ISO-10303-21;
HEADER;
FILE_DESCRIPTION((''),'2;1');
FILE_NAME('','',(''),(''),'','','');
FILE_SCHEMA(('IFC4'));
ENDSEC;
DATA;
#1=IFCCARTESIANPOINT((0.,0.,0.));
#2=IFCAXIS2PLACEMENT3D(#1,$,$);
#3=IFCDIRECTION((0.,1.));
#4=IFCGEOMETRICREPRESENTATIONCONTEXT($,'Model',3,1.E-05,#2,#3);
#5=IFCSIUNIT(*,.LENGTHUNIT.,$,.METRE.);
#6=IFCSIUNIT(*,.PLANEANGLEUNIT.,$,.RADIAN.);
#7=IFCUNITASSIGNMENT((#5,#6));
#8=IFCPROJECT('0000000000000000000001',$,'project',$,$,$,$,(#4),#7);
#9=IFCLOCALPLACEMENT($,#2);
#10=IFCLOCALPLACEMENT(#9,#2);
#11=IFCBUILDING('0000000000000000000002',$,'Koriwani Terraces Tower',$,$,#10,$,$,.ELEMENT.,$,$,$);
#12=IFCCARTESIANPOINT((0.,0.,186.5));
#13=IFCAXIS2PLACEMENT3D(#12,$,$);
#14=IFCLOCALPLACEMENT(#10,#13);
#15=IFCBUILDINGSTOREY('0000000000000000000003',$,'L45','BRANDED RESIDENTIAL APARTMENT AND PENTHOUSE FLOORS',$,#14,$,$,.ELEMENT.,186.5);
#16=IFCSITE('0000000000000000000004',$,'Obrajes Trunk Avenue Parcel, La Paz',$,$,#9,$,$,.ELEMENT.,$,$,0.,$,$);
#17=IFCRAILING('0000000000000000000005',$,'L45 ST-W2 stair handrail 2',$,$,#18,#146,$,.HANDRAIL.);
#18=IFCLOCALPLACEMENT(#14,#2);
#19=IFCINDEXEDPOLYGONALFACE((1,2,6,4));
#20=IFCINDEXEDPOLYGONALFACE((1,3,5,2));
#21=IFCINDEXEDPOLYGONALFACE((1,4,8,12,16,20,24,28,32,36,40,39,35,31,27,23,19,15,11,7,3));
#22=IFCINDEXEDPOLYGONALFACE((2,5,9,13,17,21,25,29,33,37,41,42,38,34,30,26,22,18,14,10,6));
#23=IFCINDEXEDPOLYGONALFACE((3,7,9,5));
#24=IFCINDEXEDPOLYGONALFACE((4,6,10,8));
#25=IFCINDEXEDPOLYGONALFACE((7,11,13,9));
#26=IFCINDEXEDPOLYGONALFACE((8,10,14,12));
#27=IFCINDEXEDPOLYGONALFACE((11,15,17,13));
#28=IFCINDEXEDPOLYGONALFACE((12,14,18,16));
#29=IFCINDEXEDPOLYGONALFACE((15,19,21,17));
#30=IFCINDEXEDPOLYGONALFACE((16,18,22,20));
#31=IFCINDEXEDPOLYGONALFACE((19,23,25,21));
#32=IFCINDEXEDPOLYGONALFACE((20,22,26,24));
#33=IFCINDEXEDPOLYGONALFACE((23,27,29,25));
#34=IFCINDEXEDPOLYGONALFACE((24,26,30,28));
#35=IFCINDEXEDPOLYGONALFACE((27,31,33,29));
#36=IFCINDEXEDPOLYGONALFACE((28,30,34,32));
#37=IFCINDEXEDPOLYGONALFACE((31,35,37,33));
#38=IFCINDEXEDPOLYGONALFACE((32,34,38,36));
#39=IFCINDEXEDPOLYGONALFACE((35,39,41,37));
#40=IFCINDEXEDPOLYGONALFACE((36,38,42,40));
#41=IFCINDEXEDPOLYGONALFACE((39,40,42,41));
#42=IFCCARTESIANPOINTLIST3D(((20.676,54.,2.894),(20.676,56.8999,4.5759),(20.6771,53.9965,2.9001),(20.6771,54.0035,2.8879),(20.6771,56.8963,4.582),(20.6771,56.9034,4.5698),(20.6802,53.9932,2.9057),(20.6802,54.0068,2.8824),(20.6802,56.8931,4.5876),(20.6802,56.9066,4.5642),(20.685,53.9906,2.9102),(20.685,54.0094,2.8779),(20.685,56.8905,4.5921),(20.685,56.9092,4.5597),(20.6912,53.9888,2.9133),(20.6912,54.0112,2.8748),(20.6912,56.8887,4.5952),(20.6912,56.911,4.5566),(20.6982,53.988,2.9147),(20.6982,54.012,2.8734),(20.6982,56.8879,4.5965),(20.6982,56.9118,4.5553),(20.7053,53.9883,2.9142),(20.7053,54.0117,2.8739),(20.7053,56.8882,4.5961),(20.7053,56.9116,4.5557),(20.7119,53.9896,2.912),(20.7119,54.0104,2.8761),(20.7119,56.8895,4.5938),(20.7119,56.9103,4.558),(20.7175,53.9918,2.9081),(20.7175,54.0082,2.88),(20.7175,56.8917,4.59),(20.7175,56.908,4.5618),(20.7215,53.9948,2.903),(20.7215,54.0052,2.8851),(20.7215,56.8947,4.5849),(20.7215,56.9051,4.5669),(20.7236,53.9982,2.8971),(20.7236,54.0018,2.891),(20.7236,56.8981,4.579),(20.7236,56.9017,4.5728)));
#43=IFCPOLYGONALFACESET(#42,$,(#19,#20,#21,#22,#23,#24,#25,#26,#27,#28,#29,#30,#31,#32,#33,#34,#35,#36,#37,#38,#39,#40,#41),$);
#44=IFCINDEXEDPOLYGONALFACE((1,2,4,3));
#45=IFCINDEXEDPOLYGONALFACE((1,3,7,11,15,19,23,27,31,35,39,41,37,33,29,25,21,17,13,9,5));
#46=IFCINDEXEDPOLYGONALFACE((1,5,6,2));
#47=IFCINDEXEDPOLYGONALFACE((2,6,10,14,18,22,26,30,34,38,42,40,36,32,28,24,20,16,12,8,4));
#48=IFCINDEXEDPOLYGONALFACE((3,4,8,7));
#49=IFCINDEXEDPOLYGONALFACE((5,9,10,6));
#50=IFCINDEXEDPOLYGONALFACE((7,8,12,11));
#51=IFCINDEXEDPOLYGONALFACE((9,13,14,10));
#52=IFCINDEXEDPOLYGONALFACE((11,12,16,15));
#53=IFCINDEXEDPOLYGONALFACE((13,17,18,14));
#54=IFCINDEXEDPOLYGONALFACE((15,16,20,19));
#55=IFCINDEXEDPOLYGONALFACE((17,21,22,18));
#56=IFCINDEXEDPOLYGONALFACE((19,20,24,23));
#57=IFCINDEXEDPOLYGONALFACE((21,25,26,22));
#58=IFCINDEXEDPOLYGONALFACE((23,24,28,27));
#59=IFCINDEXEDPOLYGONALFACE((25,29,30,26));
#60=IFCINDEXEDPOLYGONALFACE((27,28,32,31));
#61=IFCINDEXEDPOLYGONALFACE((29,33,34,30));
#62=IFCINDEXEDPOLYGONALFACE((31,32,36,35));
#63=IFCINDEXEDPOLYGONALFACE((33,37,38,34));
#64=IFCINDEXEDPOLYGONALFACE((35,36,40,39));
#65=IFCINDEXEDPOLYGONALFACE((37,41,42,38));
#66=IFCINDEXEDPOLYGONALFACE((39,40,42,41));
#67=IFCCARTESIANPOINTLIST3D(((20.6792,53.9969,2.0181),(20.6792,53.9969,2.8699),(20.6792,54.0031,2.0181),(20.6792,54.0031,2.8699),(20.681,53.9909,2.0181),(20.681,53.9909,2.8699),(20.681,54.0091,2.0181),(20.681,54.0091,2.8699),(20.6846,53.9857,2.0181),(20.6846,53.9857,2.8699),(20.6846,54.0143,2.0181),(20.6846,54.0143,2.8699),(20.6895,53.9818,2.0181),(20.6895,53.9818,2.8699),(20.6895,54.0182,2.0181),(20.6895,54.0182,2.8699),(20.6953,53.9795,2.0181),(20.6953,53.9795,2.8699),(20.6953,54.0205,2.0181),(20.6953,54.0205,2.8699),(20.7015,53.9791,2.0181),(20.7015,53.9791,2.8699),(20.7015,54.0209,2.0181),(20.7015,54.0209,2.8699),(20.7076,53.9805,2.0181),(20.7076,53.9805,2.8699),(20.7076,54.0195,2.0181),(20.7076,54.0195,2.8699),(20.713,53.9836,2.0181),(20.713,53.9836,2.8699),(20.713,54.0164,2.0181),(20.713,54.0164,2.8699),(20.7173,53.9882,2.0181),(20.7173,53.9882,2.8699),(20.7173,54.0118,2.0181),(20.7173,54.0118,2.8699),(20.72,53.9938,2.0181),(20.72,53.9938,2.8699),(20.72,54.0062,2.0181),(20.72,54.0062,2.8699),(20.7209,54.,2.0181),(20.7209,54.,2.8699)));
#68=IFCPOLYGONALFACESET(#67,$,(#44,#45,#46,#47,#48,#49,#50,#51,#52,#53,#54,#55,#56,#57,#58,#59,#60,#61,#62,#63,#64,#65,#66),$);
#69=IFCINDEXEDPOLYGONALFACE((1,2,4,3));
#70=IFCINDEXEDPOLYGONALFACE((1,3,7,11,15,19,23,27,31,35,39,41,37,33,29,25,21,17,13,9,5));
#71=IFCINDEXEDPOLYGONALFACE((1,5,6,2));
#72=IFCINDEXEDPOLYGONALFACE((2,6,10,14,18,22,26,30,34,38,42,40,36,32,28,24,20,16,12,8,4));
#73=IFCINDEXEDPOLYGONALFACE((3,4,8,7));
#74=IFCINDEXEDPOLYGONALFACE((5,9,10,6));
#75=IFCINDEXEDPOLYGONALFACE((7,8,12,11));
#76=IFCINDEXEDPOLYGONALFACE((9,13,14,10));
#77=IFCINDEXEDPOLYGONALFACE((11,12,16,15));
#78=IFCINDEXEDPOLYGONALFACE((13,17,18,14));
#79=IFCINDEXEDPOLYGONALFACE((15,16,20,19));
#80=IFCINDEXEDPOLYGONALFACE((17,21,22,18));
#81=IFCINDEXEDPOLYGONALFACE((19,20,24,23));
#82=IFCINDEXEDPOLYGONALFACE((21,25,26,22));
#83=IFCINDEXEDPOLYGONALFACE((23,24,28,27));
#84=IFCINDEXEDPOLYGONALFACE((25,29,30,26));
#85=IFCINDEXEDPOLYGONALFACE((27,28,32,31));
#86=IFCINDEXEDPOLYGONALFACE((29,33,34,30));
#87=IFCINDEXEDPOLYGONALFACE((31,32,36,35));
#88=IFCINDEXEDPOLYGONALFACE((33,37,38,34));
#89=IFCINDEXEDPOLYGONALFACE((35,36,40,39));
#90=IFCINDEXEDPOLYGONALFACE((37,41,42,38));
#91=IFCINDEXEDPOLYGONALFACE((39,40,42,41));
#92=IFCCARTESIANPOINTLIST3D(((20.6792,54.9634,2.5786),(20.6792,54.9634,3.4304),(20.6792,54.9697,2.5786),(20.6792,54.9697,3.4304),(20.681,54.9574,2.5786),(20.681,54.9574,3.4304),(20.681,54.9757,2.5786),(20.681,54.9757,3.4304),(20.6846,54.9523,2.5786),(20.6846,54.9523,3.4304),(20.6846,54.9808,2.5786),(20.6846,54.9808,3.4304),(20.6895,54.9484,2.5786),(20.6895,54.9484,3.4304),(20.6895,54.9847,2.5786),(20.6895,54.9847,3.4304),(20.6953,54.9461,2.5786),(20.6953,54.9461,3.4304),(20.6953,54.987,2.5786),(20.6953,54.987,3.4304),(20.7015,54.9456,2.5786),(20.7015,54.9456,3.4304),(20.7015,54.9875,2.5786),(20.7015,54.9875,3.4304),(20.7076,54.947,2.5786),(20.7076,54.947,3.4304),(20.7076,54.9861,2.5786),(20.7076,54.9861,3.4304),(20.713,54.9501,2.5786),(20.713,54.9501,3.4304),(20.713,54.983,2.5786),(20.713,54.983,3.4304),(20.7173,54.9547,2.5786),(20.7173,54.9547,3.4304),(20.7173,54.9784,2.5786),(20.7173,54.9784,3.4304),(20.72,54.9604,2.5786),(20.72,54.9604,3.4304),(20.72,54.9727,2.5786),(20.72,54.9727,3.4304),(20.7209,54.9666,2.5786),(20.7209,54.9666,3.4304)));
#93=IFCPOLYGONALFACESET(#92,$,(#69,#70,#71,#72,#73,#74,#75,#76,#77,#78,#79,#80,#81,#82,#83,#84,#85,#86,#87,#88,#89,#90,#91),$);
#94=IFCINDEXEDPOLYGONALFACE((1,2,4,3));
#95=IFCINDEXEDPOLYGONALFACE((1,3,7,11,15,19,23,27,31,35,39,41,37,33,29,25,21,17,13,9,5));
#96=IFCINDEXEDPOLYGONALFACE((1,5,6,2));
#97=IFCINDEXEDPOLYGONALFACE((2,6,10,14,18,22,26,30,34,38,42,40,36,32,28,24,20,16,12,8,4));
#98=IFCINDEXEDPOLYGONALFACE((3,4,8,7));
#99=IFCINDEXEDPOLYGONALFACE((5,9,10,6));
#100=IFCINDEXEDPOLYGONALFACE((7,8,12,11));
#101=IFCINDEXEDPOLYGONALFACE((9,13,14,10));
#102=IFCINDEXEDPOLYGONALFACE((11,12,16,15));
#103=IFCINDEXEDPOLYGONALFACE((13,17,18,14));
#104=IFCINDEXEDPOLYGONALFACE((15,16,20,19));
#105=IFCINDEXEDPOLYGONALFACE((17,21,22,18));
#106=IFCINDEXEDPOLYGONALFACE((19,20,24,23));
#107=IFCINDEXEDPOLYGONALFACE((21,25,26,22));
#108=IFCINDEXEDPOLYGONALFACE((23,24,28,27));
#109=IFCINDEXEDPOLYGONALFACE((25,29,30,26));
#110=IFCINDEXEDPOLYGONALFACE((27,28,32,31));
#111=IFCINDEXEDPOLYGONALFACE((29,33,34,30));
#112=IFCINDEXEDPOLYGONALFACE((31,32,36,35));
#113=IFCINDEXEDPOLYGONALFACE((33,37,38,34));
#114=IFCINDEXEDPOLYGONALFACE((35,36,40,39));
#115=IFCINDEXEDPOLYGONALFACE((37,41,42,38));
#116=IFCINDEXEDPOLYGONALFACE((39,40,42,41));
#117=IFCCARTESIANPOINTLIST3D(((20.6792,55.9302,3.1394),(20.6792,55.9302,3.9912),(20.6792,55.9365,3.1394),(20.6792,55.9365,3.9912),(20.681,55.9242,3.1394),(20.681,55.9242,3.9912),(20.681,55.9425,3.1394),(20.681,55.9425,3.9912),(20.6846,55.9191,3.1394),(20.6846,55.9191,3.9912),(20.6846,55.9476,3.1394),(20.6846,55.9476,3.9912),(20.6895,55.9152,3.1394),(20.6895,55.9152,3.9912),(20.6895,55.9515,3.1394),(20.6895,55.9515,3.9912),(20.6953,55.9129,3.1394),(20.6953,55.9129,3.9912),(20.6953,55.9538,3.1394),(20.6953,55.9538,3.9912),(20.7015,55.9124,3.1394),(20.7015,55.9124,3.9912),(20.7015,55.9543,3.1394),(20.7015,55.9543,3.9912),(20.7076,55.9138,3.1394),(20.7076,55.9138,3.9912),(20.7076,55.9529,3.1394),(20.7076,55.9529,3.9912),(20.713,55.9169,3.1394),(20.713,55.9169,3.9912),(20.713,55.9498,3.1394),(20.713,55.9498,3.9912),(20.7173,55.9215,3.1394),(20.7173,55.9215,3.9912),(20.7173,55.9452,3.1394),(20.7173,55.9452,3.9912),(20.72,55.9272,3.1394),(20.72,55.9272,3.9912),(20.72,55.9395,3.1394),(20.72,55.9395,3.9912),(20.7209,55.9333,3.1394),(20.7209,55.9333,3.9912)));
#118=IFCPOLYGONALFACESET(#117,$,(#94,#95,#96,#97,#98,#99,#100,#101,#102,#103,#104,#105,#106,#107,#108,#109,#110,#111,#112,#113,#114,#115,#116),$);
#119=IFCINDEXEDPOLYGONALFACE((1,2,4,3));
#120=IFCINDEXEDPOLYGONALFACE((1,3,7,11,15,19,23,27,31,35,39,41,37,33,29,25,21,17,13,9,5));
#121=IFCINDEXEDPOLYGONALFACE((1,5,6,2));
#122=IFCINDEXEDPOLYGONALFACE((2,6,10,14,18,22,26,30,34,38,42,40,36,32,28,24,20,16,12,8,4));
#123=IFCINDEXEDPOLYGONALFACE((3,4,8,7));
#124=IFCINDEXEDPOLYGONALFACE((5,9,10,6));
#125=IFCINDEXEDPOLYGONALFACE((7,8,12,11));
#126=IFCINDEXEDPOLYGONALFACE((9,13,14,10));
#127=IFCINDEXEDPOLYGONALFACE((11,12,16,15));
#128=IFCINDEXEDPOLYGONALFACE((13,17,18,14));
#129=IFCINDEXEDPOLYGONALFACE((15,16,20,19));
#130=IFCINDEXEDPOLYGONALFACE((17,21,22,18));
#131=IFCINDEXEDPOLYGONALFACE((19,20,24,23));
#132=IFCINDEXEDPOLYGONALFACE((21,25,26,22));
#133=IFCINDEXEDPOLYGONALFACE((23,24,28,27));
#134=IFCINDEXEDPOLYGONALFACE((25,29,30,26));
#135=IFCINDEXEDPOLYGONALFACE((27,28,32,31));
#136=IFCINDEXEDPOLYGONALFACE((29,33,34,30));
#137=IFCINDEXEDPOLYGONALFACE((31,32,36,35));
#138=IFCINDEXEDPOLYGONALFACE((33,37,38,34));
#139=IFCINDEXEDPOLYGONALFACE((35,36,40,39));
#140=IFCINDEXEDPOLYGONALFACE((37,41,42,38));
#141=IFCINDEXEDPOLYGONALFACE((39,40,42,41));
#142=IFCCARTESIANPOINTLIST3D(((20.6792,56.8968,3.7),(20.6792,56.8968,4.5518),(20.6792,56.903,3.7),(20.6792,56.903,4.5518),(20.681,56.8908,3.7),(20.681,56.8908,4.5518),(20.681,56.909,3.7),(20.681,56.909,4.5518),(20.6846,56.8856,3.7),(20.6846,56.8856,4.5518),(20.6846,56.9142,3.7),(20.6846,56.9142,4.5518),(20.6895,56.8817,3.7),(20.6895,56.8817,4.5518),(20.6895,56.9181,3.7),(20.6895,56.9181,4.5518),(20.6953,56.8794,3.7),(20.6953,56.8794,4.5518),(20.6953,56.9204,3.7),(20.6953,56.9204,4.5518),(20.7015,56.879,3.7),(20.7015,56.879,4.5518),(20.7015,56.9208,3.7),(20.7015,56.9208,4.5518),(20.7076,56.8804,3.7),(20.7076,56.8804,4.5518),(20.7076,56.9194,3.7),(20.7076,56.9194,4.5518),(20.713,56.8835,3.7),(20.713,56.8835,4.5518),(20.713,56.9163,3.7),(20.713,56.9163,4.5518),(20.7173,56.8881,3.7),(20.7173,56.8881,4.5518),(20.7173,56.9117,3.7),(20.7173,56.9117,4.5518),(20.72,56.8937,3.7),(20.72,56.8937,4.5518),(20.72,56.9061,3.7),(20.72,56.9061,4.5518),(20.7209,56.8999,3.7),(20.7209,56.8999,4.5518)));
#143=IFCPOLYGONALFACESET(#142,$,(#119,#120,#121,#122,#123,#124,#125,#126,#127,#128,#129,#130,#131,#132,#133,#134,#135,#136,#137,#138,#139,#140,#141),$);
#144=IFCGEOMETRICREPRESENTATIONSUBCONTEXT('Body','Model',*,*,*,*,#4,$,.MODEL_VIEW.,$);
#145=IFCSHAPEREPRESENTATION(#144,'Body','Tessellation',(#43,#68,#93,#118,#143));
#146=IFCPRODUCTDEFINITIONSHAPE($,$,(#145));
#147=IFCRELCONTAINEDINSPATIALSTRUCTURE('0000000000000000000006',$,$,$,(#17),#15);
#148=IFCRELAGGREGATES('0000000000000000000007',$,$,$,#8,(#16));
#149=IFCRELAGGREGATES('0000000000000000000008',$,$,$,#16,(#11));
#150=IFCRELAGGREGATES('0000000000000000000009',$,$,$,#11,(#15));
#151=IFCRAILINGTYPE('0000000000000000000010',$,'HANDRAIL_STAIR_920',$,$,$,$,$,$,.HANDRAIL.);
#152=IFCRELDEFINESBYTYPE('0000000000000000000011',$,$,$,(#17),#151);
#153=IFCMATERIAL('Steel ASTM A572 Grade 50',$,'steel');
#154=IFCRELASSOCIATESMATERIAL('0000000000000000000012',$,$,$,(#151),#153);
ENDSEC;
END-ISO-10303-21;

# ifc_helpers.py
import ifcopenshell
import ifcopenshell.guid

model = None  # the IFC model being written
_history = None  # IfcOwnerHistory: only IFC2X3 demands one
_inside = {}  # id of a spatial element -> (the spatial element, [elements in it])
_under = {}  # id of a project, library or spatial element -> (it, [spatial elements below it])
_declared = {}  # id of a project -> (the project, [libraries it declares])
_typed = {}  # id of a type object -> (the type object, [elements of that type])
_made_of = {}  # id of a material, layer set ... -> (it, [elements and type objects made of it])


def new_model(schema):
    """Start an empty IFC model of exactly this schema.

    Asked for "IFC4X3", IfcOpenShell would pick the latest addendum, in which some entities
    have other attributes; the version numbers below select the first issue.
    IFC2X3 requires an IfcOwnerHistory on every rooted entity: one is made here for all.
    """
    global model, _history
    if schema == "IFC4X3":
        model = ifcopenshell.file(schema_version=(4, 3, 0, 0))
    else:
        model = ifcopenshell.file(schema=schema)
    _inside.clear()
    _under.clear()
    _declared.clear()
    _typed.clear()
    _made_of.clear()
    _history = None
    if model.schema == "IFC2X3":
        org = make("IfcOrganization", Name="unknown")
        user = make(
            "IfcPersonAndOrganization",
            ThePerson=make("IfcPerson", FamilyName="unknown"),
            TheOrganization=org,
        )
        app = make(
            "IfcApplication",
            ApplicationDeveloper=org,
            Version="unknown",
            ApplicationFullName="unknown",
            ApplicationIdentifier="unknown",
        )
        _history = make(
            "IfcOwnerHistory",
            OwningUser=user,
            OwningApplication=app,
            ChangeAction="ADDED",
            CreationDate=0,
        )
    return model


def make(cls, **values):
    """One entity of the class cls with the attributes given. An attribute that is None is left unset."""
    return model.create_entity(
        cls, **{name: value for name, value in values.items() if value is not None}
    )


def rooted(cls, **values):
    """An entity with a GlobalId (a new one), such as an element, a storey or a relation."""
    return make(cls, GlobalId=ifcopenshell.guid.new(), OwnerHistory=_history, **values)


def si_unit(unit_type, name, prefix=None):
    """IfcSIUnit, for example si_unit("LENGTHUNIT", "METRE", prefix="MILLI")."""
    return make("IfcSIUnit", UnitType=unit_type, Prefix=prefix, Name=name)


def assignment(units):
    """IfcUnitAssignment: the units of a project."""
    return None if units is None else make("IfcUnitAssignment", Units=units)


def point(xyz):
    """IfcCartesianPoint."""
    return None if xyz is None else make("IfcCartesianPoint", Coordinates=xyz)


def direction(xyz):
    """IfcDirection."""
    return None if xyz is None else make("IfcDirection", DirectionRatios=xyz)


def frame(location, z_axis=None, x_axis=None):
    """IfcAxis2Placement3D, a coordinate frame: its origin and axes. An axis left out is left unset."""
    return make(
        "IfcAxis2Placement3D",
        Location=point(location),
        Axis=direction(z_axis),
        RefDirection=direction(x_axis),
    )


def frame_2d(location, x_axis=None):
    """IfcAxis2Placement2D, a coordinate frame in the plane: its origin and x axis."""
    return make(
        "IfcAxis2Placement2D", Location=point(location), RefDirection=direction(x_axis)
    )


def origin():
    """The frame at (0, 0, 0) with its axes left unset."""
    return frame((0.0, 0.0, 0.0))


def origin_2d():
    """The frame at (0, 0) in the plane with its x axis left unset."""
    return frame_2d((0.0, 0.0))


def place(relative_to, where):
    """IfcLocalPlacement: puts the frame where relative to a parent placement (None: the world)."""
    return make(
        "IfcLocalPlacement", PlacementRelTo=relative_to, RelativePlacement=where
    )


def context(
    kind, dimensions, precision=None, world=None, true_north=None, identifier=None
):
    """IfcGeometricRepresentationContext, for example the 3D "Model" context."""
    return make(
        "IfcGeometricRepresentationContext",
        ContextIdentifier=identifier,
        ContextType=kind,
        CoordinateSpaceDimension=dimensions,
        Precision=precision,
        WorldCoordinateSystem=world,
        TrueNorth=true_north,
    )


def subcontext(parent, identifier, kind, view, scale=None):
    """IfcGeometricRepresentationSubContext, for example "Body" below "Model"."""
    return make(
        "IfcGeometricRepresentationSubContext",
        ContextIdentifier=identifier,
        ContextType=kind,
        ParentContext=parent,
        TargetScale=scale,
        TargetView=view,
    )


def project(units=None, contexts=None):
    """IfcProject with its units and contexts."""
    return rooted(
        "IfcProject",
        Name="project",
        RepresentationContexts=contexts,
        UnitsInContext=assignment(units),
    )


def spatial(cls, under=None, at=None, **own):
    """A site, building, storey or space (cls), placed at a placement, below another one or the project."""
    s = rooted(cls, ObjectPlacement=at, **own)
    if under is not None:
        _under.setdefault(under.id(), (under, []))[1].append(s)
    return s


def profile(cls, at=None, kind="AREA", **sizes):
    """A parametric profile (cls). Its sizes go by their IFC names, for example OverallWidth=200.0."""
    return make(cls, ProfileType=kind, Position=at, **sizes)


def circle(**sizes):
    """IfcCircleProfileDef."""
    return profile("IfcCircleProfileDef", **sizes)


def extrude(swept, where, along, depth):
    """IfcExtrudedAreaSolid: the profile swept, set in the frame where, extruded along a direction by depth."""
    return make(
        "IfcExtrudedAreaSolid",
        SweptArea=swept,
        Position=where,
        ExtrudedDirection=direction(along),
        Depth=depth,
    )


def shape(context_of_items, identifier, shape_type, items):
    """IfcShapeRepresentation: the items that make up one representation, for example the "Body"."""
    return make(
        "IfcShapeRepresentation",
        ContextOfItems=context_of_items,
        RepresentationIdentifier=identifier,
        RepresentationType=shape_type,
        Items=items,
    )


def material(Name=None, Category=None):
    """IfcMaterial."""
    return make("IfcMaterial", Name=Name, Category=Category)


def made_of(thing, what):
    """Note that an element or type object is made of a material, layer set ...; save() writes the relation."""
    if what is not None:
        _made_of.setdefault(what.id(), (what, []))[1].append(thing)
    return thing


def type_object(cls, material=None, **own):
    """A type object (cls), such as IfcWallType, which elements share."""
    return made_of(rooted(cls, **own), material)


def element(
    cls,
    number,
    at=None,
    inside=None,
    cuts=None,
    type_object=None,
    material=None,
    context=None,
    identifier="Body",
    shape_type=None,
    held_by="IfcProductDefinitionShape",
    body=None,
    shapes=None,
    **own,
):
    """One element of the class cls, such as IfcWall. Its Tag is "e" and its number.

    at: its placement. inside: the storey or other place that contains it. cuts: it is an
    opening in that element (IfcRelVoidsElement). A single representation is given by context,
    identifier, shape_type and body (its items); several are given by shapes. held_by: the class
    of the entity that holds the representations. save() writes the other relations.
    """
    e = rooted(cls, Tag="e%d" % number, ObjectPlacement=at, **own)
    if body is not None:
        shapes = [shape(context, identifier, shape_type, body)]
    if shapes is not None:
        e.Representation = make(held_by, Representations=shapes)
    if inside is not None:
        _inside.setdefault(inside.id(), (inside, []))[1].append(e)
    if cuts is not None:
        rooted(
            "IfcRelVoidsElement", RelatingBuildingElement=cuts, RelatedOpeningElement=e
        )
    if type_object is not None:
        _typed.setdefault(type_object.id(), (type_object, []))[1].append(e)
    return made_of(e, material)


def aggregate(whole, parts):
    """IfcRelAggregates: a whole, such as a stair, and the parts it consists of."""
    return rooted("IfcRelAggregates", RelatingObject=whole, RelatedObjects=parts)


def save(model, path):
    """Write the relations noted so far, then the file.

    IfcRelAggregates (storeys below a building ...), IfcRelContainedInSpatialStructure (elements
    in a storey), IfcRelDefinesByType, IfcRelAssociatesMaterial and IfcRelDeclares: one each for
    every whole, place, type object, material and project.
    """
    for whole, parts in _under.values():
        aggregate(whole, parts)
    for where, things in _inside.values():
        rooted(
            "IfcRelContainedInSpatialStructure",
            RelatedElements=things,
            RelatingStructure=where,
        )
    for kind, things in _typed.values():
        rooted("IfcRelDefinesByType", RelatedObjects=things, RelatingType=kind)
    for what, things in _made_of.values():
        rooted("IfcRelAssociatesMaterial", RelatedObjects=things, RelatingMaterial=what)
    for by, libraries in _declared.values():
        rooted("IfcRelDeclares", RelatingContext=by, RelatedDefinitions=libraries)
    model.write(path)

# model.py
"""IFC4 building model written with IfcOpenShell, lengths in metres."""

from ifc_helpers import new_model, si_unit, direction, frame, origin, origin_2d, place, context, subcontext, project, spatial, circle, extrude, material, type_object, element, save


model = new_model("IFC4")

# Units and contexts
model_context = context("Model", 3, precision=1e-05, world=origin(), true_north=direction((0.0, 1.0)))
body_context = subcontext(model_context, "Body", "Model", "MODEL_VIEW")
ifc_project = project(units=[si_unit("LENGTHUNIT", "METRE"), si_unit("PLANEANGLEUNIT", "RADIAN")], contexts=[model_context])

# Site, building, storey
site_placement = place(None, origin())
site = spatial("IfcSite", under=ifc_project, at=site_placement, Name="Obrajes Trunk Avenue Parcel, La Paz", CompositionType="ELEMENT", RefElevation=0.0)
building_placement = place(site_placement, origin())
building = spatial("IfcBuilding", under=site, at=building_placement, Name="Koriwani Terraces Tower", CompositionType="ELEMENT")
storey_placement = place(building_placement, frame((0.0, 0.0, 186.5)))
storey = spatial("IfcBuildingStorey", under=building, at=storey_placement, Name="L45", Description="BRANDED RESIDENTIAL APARTMENT AND PENTHOUSE FLOORS", CompositionType="ELEMENT", Elevation=186.5)

# Shared definitions
ifc_material_1 = material(Name="Steel ASTM A572 Grade 50", Category="steel")

# Railing
railing_type_1 = type_object("IfcRailingType", Name="HANDRAIL_STAIR_920", PredefinedType="HANDRAIL", material=ifc_material_1)
railing_1_placement = place(storey_placement, frame((20.7, 54.0, 2.0181)))
element("IfcRailing", 1, at=railing_1_placement, inside=storey, type_object=railing_type_1, Name="L45 ST-W2 stair handrail 2", PredefinedType="HANDRAIL", context=body_context, shape_type="SweptSolid", body=[
    extrude(circle(Radius=0.0239, at=origin_2d()), frame((0.0, 0.0, 0.876), z_axis=(0.0, 0.865039, 0.501705), x_axis=(-1.0, 0.0, 0.0)), (0.0, 0.0, 1.0), 3.3523),
    extrude(circle(Radius=0.021, at=origin_2d()), origin(), (0.0, 0.0, 1.0), 0.8518),
    extrude(circle(Radius=0.021, at=origin_2d()), frame((0.0, 0.9666, 0.5605)), (0.0, 0.0, 1.0), 0.8518),
    extrude(circle(Radius=0.021, at=origin_2d()), frame((0.0, 1.9333, 1.1213)), (0.0, 0.0, 1.0), 0.8518),
    extrude(circle(Radius=0.021, at=origin_2d()), frame((0.0, 2.8999, 1.6819)), (0.0, 0.0, 1.0), 0.8518),
])

save(model, "model.ifc")
